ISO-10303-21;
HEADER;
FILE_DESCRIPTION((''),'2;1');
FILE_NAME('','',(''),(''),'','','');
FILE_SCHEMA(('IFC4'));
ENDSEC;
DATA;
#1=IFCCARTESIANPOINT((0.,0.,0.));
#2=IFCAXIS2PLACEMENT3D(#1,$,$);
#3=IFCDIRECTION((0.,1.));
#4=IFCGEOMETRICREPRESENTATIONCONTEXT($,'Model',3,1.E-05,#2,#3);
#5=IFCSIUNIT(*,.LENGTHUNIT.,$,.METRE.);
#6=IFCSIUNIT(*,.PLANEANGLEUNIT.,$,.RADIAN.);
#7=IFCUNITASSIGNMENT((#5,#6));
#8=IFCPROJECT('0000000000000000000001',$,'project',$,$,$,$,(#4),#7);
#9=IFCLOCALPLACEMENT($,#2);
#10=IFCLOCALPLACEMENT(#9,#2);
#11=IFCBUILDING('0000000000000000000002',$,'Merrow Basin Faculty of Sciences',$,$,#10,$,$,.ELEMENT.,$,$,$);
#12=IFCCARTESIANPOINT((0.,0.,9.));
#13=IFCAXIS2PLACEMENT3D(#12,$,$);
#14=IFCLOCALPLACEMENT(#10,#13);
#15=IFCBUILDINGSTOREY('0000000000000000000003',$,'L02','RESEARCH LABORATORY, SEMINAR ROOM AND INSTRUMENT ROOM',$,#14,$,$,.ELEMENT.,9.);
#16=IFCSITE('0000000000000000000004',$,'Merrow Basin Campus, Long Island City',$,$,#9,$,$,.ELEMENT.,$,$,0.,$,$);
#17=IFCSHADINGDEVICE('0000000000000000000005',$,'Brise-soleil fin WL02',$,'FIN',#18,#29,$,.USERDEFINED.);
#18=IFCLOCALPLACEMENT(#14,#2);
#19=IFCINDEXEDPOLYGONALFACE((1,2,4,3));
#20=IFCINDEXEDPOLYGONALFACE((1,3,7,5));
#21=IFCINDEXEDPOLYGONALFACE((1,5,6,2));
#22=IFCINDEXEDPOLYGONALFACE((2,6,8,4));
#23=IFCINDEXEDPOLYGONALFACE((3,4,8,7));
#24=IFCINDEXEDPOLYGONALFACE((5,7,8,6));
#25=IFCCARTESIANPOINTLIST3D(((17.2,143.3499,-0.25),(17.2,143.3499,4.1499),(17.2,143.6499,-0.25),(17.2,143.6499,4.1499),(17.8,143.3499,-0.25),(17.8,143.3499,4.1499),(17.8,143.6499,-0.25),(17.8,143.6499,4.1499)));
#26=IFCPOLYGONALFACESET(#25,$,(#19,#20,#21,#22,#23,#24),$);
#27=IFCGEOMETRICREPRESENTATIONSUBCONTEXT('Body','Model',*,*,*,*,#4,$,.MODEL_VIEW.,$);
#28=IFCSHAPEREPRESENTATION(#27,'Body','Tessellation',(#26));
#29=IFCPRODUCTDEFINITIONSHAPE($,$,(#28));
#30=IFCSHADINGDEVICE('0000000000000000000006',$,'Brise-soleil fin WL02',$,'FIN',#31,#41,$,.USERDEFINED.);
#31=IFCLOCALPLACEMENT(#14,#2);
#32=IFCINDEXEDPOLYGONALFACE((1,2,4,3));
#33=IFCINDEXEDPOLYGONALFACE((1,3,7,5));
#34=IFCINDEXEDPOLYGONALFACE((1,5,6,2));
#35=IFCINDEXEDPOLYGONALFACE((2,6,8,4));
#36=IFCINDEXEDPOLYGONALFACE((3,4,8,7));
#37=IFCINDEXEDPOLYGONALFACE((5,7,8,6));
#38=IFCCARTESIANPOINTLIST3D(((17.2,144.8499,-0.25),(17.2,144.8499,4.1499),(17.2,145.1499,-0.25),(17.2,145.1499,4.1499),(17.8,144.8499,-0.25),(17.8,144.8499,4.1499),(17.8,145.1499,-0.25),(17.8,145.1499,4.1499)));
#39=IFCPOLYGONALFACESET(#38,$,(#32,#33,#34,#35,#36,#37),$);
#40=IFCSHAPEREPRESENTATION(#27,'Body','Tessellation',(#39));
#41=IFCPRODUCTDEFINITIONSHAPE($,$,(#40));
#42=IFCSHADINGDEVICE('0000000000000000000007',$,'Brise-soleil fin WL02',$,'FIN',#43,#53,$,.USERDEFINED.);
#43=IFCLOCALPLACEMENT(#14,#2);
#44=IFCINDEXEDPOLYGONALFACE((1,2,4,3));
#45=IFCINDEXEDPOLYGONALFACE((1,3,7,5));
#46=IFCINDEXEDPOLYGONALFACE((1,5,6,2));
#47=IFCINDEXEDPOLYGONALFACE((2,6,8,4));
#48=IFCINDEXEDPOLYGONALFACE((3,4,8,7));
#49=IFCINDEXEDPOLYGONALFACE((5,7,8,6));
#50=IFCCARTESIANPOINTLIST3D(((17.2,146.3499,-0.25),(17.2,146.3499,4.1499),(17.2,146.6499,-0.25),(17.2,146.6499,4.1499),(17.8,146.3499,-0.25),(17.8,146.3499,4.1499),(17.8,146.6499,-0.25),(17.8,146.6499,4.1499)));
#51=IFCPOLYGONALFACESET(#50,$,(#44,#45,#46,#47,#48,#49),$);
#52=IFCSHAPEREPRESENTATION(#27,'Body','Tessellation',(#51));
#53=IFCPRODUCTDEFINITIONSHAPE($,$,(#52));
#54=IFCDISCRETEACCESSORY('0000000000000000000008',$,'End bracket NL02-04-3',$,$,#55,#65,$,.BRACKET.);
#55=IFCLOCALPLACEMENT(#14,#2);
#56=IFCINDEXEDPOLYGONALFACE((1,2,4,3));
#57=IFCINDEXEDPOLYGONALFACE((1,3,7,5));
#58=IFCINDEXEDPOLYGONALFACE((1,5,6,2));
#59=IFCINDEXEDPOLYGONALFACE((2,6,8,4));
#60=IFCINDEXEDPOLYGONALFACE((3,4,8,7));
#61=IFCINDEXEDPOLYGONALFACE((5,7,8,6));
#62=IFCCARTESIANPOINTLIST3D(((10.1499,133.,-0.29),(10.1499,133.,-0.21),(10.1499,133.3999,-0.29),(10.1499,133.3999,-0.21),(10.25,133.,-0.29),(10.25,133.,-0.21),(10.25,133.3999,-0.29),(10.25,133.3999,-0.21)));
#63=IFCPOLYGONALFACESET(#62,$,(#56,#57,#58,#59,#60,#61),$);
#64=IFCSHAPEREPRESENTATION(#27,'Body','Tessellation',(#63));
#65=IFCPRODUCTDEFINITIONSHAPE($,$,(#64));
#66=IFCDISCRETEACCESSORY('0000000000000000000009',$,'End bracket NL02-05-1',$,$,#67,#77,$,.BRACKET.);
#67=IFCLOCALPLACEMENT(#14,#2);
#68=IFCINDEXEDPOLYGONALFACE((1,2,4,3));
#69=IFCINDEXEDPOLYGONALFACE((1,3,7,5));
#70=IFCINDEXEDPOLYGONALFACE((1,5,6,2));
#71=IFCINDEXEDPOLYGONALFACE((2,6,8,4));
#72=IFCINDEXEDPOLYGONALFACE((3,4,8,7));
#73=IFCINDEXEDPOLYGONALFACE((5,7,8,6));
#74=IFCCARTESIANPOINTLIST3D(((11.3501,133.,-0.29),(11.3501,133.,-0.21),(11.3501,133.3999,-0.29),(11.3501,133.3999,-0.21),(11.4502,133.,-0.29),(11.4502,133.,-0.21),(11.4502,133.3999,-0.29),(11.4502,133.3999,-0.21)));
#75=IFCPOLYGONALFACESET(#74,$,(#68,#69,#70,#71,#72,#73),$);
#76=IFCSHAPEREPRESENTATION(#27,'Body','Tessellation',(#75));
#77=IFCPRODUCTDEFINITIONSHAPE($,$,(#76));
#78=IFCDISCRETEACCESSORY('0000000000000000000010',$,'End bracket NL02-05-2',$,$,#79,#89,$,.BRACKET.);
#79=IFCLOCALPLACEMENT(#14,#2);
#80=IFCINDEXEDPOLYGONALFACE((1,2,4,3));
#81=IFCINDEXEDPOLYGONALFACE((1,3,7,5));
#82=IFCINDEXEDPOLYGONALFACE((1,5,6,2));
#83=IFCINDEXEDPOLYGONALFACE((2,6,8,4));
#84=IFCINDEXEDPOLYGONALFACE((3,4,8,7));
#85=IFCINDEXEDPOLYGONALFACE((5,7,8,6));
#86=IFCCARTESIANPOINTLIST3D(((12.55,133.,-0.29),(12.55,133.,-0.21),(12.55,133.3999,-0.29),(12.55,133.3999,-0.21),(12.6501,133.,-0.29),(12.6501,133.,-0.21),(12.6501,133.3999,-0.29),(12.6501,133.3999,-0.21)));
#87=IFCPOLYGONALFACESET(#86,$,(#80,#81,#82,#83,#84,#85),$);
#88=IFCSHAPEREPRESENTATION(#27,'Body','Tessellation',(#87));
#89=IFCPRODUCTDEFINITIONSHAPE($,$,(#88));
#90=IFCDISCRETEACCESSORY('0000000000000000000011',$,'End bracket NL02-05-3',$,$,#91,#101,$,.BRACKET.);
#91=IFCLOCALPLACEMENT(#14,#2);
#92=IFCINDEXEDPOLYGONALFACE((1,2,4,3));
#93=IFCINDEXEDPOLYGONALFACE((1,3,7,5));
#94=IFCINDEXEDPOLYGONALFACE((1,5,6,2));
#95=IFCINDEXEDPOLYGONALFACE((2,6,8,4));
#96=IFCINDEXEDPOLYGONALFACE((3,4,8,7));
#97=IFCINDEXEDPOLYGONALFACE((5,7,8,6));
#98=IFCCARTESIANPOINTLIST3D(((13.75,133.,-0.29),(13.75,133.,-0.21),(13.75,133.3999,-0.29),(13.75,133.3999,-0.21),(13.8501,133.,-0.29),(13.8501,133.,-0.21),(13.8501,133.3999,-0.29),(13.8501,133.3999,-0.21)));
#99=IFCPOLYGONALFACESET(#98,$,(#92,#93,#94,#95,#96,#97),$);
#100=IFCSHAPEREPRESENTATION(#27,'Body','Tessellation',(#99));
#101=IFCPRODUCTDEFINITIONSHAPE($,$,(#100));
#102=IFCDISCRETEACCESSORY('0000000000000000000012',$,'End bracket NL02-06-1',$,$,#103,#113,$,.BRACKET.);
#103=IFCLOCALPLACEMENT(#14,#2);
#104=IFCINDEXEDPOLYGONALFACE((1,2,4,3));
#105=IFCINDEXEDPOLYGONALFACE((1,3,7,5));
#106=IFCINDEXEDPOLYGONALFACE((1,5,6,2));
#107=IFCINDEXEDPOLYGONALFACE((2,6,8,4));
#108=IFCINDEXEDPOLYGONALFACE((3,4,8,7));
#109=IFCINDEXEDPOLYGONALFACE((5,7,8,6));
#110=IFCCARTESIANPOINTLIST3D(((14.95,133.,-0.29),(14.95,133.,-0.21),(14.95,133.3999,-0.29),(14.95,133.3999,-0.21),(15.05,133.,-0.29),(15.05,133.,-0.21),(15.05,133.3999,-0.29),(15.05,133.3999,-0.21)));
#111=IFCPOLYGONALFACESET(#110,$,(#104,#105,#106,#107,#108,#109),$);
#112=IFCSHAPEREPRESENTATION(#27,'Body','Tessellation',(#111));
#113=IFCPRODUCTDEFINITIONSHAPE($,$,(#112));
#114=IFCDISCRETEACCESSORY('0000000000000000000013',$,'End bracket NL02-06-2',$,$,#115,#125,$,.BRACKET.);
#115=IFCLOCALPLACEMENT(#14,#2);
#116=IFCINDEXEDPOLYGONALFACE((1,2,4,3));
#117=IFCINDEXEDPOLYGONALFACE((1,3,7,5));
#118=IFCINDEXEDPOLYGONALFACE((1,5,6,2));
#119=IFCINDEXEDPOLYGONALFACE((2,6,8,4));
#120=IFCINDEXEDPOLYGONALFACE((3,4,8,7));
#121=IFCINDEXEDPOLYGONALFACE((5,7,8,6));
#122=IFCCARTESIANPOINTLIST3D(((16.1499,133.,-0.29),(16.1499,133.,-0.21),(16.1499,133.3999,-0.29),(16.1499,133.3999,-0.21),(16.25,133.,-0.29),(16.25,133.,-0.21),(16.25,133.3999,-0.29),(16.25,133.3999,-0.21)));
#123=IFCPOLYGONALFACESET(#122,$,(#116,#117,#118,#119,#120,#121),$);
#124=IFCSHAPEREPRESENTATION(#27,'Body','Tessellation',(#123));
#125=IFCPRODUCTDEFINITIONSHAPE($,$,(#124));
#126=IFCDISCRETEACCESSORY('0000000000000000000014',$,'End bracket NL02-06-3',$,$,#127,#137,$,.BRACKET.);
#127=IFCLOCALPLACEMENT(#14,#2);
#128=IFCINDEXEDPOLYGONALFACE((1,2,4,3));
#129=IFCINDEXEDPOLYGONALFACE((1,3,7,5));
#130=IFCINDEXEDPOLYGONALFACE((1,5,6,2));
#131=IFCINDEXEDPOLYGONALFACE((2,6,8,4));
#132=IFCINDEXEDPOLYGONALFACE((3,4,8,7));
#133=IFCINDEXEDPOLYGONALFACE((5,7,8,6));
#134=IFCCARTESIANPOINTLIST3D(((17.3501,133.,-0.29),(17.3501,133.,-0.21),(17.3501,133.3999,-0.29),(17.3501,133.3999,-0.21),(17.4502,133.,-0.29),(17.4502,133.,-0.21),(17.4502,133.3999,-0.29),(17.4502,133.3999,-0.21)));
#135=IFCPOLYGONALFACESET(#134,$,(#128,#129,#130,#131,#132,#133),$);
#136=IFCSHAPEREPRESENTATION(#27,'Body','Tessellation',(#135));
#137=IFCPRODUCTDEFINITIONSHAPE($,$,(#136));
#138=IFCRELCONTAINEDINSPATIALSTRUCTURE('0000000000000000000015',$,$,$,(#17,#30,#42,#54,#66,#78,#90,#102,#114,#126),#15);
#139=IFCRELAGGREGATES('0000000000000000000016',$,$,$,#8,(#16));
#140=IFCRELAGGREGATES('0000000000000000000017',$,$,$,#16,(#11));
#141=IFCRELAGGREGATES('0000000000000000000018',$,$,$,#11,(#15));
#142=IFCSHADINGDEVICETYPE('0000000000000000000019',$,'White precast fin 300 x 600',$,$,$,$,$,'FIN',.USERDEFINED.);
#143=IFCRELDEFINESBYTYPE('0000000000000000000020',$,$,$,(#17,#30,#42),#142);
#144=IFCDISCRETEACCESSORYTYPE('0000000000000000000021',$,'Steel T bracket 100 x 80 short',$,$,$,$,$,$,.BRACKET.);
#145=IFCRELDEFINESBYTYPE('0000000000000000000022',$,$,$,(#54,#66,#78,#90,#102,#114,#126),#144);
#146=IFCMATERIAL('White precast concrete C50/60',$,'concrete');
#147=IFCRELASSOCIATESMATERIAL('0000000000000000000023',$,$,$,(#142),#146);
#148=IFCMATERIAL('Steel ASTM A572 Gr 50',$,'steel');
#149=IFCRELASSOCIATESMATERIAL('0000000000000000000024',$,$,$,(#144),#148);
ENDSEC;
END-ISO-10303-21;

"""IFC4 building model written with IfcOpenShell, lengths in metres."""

from ifc_helpers import new_model, si_unit, direction, frame, origin, place, context, subcontext, project, spatial, polyline, outline, extrude, source, transform, mapped, material, type_object, element, save


model = new_model("IFC4")

# Units and contexts
model_context = context("Model", 3, precision=1e-05, world=origin(), true_north=direction((0.0, 1.0)))
body_context = subcontext(model_context, "Body", "Model", "MODEL_VIEW")
ifc_project = project(units=[si_unit("LENGTHUNIT", "METRE"), si_unit("PLANEANGLEUNIT", "RADIAN")], contexts=[model_context])

# Site, building, storey
site_placement = place(None, origin())
site = spatial("IfcSite", under=ifc_project, at=site_placement, Name="Merrow Basin Campus, Long Island City", CompositionType="ELEMENT", RefElevation=0.0)
building_placement = place(site_placement, origin())
building = spatial("IfcBuilding", under=site, at=building_placement, Name="Merrow Basin Faculty of Sciences", CompositionType="ELEMENT")
storey_placement = place(building_placement, frame((0.0, 0.0, 9.0)))
storey = spatial("IfcBuildingStorey", under=building, at=storey_placement, Name="L02", Description="RESEARCH LABORATORY, SEMINAR ROOM AND INSTRUMENT ROOM", CompositionType="ELEMENT", Elevation=9.0)

# Shading devices
ifc_material_1 = material(Name="White precast concrete C50/60", Category="concrete")
shading_device_type = type_object("IfcShadingDeviceType", Name="White precast fin 300 x 600", ElementType="FIN", PredefinedType="USERDEFINED", material=ifc_material_1)
shared_shape_1 = source(origin(), body_context, "Body", "SweptSolid", [
    extrude(outline(polyline([(0.0, 0.0), (0.3, 0.0), (0.3, 4.3999), (0.0, 4.3999), (0.0, 0.0)])), origin(), (0.0, 0.0, 1.0), 0.6001),
])
for number, where, z_axis, x_axis, name in (
    (1, (17.8, 143.6499, -0.25), (-1.0, 0.0, 0.0), (0.0, -1.0, 0.0), "Brise-soleil fin WL02"),
    (2, (17.8, 145.1499, -0.25), (-1.0, 0.0, 0.0), (0.0, -1.0, 0.0), "Brise-soleil fin WL02"),
    (3, (17.8, 146.6499, -0.25), (-1.0, 0.0, 0.0), (0.0, -1.0, 0.0), "Brise-soleil fin WL02"),
):
    element("IfcShadingDevice", number, at=place(storey_placement, frame(where, z_axis=z_axis, x_axis=x_axis)), inside=storey, type_object=shading_device_type, Name=name, ObjectType="FIN", PredefinedType="USERDEFINED", context=body_context, shape_type="MappedRepresentation", body=[
        mapped(shared_shape_1, transform((0.0, 0.0, 0.0), scale=1.0)),
    ])

# Discrete accessories
ifc_material_2 = material(Name="Steel ASTM A572 Gr 50", Category="steel")
discrete_accessory_type = type_object("IfcDiscreteAccessoryType", Name="Steel T bracket 100 x 80 short", PredefinedType="BRACKET", material=ifc_material_2)
shared_shape_2 = source(origin(), body_context, "Body", "SweptSolid", [
    extrude(outline(polyline([(0.0, 0.0), (0.1001, 0.0), (0.1001, 0.0801), (0.0, 0.0801), (0.0, 0.0)])), origin(), (0.0, 0.0, 1.0), 0.3999),
])
for number, where, z_axis, x_axis, name in (
    (4, (10.1499, 133.3999, -0.29), (0.0, -1.0, 0.0), (1.0, 0.0, 0.0), "End bracket NL02-04-3"),
    (5, (11.3501, 133.3999, -0.29), (0.0, -1.0, 0.0), (1.0, 0.0, 0.0), "End bracket NL02-05-1"),
    (6, (12.55, 133.3999, -0.29), (0.0, -1.0, 0.0), (1.0, 0.0, 0.0), "End bracket NL02-05-2"),
    (7, (13.75, 133.3999, -0.29), (0.0, -1.0, 0.0), (1.0, 0.0, 0.0), "End bracket NL02-05-3"),
    (8, (14.95, 133.3999, -0.29), (0.0, -1.0, 0.0), (1.0, 0.0, 0.0), "End bracket NL02-06-1"),
    (9, (16.1499, 133.3999, -0.29), (0.0, -1.0, 0.0), (1.0, 0.0, 0.0), "End bracket NL02-06-2"),
    (10, (17.3501, 133.3999, -0.29), (0.0, -1.0, 0.0), (1.0, 0.0, 0.0), "End bracket NL02-06-3"),
):
    element("IfcDiscreteAccessory", number, at=place(storey_placement, frame(where, z_axis=z_axis, x_axis=x_axis)), inside=storey, type_object=discrete_accessory_type, Name=name, PredefinedType="BRACKET", context=body_context, shape_type="MappedRepresentation", body=[
        mapped(shared_shape_2, transform((0.0, 0.0, 0.0), scale=1.0)),
    ])

save(model, "model.ifc")
